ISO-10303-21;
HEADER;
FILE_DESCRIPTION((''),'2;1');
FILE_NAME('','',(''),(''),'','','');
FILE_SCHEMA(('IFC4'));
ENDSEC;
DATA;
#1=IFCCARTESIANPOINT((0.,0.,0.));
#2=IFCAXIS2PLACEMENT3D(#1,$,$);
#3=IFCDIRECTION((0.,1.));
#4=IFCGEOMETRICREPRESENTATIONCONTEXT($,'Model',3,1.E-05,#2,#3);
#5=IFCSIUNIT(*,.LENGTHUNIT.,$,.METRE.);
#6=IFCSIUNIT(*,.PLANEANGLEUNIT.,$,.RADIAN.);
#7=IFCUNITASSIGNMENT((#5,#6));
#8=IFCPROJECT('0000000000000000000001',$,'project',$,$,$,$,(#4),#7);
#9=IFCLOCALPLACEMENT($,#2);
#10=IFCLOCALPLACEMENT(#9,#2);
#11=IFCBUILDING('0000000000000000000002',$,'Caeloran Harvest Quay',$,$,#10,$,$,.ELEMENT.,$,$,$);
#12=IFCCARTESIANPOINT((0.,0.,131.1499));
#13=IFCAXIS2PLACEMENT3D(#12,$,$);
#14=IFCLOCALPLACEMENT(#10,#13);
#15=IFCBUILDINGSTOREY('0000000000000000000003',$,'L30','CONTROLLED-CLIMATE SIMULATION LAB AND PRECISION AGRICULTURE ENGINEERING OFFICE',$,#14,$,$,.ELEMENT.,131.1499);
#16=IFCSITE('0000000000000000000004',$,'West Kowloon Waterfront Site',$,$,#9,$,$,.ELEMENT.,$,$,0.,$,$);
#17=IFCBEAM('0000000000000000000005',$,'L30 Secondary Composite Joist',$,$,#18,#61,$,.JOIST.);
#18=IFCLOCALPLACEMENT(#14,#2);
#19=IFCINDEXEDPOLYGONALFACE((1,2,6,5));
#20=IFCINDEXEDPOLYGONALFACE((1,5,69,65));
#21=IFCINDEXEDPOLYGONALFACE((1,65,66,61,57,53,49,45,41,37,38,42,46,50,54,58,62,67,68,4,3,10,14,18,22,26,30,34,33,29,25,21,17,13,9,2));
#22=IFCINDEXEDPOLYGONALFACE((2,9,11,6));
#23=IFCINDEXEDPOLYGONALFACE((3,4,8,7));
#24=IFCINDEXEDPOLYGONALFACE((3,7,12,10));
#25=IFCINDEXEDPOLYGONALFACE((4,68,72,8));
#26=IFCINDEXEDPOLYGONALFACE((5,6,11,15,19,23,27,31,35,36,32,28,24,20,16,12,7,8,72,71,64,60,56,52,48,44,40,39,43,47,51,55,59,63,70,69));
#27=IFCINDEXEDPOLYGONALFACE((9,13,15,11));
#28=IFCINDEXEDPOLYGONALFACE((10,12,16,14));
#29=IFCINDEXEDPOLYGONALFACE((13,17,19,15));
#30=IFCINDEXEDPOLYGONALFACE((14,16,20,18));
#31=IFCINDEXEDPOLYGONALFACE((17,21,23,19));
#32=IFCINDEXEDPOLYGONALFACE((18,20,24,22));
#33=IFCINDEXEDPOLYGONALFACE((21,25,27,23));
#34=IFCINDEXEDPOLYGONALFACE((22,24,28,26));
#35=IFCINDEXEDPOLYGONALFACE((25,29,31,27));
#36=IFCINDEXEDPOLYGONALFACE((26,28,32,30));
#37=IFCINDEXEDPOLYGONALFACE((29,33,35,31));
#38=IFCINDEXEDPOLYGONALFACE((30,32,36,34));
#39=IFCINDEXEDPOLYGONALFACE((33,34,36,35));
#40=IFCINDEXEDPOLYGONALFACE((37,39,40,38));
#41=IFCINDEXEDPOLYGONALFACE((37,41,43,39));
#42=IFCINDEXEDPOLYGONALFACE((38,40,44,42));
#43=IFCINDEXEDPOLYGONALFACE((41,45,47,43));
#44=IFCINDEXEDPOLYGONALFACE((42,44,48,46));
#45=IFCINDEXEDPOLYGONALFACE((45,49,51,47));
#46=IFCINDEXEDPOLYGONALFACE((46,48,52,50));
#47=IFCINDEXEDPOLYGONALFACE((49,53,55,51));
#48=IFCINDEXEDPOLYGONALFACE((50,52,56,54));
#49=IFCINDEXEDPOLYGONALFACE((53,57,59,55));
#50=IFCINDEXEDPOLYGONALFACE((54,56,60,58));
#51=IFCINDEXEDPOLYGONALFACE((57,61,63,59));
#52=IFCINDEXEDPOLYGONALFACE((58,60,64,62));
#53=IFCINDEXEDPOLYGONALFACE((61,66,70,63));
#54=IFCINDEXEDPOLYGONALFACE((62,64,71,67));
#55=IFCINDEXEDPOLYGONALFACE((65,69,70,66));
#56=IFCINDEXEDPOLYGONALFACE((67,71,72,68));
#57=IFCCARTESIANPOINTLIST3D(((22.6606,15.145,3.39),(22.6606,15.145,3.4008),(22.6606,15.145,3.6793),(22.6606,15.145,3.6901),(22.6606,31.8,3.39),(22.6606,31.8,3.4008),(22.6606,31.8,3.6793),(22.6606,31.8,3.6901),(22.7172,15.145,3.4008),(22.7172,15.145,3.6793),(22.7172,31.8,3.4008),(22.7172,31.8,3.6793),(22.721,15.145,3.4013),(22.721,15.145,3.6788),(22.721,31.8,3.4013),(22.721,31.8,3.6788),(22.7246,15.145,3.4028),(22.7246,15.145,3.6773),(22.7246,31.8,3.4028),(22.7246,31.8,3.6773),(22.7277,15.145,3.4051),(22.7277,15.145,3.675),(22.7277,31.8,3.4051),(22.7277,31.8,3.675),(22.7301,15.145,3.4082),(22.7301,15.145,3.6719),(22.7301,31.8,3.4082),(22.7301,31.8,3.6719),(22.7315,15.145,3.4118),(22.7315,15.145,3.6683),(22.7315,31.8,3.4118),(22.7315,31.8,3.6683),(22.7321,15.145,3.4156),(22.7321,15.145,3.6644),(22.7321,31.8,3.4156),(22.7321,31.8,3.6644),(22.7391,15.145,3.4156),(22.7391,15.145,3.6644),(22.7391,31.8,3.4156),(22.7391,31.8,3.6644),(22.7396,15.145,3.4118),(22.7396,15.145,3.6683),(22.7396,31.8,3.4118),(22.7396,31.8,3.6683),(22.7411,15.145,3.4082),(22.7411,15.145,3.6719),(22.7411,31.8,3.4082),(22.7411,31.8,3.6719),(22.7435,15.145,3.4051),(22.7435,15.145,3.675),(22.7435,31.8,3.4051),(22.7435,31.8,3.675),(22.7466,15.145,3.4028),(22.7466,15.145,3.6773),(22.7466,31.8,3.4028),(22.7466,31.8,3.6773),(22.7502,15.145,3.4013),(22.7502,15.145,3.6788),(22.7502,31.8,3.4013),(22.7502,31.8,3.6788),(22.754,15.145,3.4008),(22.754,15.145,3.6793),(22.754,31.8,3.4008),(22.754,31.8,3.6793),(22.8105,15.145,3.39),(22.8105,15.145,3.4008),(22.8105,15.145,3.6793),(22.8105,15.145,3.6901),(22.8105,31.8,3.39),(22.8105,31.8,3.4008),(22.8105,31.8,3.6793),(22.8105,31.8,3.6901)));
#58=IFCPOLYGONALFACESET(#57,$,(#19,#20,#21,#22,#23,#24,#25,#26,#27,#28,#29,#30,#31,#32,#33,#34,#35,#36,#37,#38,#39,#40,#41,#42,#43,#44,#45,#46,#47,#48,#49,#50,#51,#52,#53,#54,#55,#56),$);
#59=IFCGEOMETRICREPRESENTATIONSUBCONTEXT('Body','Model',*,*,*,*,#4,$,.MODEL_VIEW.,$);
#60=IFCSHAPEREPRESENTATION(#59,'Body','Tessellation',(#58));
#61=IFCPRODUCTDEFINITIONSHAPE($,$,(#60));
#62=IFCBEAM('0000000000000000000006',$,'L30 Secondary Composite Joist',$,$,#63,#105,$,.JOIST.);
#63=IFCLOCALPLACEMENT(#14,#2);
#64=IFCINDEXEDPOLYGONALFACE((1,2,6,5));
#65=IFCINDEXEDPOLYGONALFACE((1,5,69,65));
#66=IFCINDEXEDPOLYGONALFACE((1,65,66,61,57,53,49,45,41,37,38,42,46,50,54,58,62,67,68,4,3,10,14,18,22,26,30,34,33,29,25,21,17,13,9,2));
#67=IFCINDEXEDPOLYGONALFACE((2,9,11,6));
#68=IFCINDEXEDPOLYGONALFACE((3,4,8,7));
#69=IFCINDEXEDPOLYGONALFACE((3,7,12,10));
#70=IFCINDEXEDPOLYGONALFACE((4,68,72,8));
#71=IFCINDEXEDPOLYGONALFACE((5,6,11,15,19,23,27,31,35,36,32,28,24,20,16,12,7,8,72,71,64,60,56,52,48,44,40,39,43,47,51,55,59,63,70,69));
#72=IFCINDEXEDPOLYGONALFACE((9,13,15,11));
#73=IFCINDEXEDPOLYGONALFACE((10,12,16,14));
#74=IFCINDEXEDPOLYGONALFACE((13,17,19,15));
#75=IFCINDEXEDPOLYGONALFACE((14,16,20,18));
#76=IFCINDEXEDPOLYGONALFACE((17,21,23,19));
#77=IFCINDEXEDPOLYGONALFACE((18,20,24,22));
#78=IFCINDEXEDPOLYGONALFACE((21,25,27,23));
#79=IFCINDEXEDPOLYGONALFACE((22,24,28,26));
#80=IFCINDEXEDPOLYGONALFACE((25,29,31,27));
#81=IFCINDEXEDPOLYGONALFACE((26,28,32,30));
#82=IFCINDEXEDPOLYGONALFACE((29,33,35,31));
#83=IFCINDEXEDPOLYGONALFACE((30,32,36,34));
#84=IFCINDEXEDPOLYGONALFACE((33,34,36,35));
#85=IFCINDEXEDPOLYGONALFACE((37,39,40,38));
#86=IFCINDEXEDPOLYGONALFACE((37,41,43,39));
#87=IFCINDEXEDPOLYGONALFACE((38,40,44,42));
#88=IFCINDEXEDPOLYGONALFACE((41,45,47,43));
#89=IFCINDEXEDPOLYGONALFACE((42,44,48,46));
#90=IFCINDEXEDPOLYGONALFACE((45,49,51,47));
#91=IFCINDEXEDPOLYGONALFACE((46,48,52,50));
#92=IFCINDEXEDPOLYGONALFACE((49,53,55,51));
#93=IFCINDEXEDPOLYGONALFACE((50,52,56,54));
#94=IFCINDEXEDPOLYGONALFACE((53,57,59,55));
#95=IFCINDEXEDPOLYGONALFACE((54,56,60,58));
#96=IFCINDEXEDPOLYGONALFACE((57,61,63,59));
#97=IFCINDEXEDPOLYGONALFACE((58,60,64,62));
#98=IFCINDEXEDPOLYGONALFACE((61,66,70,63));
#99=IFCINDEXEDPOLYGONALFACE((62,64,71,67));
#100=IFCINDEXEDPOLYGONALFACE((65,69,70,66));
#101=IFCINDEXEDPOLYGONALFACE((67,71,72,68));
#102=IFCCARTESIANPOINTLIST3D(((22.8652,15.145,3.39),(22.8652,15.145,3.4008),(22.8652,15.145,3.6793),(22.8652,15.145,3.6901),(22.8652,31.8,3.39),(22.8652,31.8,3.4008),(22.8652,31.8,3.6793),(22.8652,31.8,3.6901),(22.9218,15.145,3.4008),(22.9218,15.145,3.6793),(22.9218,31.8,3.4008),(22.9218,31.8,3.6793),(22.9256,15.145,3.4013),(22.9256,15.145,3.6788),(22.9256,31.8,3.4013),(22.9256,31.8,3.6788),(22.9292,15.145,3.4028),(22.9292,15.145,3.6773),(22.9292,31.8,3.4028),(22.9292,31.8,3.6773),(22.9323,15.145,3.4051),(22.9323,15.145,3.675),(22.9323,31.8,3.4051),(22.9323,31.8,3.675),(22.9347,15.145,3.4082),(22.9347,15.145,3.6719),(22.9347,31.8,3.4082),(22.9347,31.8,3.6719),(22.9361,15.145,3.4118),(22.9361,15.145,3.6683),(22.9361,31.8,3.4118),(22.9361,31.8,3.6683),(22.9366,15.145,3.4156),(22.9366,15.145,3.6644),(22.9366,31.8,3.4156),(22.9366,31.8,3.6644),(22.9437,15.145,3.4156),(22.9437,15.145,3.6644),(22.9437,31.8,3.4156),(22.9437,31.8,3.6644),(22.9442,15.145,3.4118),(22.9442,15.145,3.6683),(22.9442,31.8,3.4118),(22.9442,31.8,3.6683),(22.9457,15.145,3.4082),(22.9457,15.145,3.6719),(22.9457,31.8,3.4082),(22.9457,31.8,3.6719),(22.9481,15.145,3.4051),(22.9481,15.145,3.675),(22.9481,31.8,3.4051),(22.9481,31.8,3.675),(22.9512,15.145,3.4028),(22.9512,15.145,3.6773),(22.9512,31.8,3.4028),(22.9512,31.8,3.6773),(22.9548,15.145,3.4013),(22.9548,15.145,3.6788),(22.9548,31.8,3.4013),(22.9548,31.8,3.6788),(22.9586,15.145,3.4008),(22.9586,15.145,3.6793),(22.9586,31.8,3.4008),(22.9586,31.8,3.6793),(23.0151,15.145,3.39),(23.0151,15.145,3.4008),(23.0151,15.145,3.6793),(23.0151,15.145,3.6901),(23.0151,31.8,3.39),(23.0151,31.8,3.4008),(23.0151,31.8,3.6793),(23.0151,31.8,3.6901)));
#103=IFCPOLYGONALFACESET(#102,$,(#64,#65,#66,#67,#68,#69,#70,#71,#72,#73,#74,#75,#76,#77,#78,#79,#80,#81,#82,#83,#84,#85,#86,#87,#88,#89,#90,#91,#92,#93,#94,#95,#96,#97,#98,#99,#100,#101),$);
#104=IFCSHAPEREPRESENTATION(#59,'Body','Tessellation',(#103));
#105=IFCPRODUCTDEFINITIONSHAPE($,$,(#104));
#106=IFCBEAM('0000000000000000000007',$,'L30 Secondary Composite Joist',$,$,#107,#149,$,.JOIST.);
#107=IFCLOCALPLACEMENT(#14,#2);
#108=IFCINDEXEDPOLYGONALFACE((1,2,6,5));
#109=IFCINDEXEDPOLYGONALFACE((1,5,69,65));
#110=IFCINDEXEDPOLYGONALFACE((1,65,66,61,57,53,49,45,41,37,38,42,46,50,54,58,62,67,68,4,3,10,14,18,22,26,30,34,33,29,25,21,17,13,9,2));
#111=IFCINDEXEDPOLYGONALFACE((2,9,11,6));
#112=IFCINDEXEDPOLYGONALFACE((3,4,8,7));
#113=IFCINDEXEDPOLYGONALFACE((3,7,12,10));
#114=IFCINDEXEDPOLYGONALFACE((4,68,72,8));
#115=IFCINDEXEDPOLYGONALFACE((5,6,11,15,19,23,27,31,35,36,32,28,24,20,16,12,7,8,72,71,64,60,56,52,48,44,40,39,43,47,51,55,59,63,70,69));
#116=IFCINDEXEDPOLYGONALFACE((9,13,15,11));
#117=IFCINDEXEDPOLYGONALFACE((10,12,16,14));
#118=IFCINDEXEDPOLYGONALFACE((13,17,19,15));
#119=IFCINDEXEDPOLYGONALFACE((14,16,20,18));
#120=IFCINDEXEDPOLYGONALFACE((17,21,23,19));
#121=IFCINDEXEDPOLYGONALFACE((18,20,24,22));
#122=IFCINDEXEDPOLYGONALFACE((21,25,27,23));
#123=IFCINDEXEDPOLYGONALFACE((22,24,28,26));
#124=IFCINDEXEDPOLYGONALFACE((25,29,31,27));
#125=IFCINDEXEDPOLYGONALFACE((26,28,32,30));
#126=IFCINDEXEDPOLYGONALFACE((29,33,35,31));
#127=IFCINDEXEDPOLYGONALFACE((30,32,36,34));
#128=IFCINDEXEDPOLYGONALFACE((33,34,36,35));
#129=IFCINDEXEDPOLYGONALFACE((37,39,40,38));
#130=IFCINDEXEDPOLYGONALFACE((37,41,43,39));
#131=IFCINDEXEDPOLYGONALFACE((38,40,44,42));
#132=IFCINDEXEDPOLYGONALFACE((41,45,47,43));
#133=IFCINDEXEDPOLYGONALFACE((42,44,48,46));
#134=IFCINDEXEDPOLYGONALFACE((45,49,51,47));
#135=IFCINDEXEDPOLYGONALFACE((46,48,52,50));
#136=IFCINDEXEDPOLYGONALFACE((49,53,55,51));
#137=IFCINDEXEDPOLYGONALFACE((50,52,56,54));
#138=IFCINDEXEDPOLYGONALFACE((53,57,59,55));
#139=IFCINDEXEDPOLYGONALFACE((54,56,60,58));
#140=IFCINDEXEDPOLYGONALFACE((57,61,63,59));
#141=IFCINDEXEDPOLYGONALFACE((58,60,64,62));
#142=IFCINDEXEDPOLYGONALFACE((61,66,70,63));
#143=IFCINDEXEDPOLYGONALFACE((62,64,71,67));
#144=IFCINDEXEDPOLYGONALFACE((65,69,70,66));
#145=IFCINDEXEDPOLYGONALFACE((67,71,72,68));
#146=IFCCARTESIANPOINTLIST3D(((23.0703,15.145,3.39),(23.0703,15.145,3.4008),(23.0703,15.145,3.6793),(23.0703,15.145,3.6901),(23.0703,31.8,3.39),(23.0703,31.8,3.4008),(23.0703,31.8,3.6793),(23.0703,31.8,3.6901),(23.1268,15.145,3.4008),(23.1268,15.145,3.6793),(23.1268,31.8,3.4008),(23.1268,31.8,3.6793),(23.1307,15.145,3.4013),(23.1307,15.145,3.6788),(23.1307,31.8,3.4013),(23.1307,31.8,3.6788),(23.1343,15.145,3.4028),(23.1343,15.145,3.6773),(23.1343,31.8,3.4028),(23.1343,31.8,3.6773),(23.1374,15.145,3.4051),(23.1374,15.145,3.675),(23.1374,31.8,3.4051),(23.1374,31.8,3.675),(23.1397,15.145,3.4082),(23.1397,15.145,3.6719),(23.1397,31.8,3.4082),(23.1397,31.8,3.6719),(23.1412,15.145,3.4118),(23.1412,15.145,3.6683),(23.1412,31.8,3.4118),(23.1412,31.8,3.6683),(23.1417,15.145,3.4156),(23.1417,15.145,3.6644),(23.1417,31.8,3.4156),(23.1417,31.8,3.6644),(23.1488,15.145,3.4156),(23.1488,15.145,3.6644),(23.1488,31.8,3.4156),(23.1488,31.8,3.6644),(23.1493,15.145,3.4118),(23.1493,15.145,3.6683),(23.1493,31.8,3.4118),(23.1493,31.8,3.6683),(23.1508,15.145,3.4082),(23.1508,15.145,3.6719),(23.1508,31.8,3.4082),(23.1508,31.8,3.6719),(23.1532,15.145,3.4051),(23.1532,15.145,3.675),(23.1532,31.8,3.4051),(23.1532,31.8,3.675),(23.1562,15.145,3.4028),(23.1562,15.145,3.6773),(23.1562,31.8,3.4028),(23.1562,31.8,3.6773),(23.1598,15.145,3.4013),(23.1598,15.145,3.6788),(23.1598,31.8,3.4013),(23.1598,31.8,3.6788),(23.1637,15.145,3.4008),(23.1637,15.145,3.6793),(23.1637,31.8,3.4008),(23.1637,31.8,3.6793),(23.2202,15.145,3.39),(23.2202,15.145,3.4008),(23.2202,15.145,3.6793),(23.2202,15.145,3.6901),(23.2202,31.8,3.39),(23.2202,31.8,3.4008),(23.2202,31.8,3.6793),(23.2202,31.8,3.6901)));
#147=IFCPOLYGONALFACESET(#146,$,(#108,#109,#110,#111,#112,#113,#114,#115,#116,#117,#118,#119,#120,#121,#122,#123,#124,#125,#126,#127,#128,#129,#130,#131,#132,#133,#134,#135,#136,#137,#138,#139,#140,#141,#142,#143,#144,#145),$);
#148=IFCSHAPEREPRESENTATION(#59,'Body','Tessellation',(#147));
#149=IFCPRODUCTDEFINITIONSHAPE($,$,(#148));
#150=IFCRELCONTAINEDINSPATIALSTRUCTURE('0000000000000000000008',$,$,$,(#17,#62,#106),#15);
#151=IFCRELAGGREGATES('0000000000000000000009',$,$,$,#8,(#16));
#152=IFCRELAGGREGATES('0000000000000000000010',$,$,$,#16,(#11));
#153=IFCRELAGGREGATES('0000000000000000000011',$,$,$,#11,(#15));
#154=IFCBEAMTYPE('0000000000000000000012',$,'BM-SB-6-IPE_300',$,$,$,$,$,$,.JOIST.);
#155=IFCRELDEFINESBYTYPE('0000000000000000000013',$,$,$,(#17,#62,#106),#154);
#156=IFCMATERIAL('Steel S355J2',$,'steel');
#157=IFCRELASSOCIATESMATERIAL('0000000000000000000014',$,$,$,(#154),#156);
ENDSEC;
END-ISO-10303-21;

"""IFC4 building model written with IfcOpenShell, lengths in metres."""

from ifc_helpers import new_model, si_unit, direction, frame, origin, origin_2d, place, context, subcontext, project, spatial, i_section, extrude, material, material_profile, profile_set, type_object, element, save


model = new_model("IFC4")

# Units and contexts
model_context = context("Model", 3, precision=1e-05, world=origin(), true_north=direction((0.0, 1.0)))
body_context = subcontext(model_context, "Body", "Model", "MODEL_VIEW")
ifc_project = project(units=[si_unit("LENGTHUNIT", "METRE"), si_unit("PLANEANGLEUNIT", "RADIAN")], contexts=[model_context])

# Site, building, storey
site_placement = place(None, origin())
site = spatial("IfcSite", under=ifc_project, at=site_placement, Name="West Kowloon Waterfront Site", CompositionType="ELEMENT", RefElevation=0.0)
building_placement = place(site_placement, origin())
building = spatial("IfcBuilding", under=site, at=building_placement, Name="Caeloran Harvest Quay", CompositionType="ELEMENT")
storey_placement = place(building_placement, frame((0.0, 0.0, 131.1499)))
storey = spatial("IfcBuildingStorey", under=building, at=storey_placement, Name="L30", Description="CONTROLLED-CLIMATE SIMULATION LAB AND PRECISION AGRICULTURE ENGINEERING OFFICE", CompositionType="ELEMENT", Elevation=131.1499)

# Beams
ifc_material_1 = material(Name="Steel S355J2", Category="steel")
ifc_material_profile_1 = material_profile(ifc_material_1, i_section(OverallWidth=0.1499, OverallDepth=0.3, WebThickness=0.0071, FlangeThickness=0.0107, FilletRadius=0.0149, at=origin_2d()), Name="IPE 300")
ifc_profile_set_1 = profile_set([ifc_material_profile_1], Name="Steel S355J2")
beam_type_1 = type_object("IfcBeamType", Name="BM-SB-6-IPE_300", PredefinedType="JOIST", material=ifc_profile_set_1)
for number, where, z_axis, x_axis, name in (
    (1, (22.7356, 15.145, 3.54), (0.0, 1.0, 0.0), (-1.0, 0.0, 0.0), "L30 Secondary Composite Joist"),
    (2, (22.9402, 15.145, 3.54), (0.0, 1.0, 0.0), (-1.0, 0.0, 0.0), "L30 Secondary Composite Joist"),
    (3, (23.1453, 15.145, 3.54), (0.0, 1.0, 0.0), (-1.0, 0.0, 0.0), "L30 Secondary Composite Joist"),
):
    element("IfcBeam", number, at=place(storey_placement, frame(where, z_axis=z_axis, x_axis=x_axis)), inside=storey, type_object=beam_type_1, Name=name, PredefinedType="JOIST", context=body_context, shape_type="SweptSolid", body=[
        extrude(i_section(OverallWidth=0.1499, OverallDepth=0.3, WebThickness=0.0071, FlangeThickness=0.0107, FilletRadius=0.0149, at=origin_2d()), origin(), (0.0, 0.0, 1.0), 16.655),
    ])

save(model, "model.ifc")
